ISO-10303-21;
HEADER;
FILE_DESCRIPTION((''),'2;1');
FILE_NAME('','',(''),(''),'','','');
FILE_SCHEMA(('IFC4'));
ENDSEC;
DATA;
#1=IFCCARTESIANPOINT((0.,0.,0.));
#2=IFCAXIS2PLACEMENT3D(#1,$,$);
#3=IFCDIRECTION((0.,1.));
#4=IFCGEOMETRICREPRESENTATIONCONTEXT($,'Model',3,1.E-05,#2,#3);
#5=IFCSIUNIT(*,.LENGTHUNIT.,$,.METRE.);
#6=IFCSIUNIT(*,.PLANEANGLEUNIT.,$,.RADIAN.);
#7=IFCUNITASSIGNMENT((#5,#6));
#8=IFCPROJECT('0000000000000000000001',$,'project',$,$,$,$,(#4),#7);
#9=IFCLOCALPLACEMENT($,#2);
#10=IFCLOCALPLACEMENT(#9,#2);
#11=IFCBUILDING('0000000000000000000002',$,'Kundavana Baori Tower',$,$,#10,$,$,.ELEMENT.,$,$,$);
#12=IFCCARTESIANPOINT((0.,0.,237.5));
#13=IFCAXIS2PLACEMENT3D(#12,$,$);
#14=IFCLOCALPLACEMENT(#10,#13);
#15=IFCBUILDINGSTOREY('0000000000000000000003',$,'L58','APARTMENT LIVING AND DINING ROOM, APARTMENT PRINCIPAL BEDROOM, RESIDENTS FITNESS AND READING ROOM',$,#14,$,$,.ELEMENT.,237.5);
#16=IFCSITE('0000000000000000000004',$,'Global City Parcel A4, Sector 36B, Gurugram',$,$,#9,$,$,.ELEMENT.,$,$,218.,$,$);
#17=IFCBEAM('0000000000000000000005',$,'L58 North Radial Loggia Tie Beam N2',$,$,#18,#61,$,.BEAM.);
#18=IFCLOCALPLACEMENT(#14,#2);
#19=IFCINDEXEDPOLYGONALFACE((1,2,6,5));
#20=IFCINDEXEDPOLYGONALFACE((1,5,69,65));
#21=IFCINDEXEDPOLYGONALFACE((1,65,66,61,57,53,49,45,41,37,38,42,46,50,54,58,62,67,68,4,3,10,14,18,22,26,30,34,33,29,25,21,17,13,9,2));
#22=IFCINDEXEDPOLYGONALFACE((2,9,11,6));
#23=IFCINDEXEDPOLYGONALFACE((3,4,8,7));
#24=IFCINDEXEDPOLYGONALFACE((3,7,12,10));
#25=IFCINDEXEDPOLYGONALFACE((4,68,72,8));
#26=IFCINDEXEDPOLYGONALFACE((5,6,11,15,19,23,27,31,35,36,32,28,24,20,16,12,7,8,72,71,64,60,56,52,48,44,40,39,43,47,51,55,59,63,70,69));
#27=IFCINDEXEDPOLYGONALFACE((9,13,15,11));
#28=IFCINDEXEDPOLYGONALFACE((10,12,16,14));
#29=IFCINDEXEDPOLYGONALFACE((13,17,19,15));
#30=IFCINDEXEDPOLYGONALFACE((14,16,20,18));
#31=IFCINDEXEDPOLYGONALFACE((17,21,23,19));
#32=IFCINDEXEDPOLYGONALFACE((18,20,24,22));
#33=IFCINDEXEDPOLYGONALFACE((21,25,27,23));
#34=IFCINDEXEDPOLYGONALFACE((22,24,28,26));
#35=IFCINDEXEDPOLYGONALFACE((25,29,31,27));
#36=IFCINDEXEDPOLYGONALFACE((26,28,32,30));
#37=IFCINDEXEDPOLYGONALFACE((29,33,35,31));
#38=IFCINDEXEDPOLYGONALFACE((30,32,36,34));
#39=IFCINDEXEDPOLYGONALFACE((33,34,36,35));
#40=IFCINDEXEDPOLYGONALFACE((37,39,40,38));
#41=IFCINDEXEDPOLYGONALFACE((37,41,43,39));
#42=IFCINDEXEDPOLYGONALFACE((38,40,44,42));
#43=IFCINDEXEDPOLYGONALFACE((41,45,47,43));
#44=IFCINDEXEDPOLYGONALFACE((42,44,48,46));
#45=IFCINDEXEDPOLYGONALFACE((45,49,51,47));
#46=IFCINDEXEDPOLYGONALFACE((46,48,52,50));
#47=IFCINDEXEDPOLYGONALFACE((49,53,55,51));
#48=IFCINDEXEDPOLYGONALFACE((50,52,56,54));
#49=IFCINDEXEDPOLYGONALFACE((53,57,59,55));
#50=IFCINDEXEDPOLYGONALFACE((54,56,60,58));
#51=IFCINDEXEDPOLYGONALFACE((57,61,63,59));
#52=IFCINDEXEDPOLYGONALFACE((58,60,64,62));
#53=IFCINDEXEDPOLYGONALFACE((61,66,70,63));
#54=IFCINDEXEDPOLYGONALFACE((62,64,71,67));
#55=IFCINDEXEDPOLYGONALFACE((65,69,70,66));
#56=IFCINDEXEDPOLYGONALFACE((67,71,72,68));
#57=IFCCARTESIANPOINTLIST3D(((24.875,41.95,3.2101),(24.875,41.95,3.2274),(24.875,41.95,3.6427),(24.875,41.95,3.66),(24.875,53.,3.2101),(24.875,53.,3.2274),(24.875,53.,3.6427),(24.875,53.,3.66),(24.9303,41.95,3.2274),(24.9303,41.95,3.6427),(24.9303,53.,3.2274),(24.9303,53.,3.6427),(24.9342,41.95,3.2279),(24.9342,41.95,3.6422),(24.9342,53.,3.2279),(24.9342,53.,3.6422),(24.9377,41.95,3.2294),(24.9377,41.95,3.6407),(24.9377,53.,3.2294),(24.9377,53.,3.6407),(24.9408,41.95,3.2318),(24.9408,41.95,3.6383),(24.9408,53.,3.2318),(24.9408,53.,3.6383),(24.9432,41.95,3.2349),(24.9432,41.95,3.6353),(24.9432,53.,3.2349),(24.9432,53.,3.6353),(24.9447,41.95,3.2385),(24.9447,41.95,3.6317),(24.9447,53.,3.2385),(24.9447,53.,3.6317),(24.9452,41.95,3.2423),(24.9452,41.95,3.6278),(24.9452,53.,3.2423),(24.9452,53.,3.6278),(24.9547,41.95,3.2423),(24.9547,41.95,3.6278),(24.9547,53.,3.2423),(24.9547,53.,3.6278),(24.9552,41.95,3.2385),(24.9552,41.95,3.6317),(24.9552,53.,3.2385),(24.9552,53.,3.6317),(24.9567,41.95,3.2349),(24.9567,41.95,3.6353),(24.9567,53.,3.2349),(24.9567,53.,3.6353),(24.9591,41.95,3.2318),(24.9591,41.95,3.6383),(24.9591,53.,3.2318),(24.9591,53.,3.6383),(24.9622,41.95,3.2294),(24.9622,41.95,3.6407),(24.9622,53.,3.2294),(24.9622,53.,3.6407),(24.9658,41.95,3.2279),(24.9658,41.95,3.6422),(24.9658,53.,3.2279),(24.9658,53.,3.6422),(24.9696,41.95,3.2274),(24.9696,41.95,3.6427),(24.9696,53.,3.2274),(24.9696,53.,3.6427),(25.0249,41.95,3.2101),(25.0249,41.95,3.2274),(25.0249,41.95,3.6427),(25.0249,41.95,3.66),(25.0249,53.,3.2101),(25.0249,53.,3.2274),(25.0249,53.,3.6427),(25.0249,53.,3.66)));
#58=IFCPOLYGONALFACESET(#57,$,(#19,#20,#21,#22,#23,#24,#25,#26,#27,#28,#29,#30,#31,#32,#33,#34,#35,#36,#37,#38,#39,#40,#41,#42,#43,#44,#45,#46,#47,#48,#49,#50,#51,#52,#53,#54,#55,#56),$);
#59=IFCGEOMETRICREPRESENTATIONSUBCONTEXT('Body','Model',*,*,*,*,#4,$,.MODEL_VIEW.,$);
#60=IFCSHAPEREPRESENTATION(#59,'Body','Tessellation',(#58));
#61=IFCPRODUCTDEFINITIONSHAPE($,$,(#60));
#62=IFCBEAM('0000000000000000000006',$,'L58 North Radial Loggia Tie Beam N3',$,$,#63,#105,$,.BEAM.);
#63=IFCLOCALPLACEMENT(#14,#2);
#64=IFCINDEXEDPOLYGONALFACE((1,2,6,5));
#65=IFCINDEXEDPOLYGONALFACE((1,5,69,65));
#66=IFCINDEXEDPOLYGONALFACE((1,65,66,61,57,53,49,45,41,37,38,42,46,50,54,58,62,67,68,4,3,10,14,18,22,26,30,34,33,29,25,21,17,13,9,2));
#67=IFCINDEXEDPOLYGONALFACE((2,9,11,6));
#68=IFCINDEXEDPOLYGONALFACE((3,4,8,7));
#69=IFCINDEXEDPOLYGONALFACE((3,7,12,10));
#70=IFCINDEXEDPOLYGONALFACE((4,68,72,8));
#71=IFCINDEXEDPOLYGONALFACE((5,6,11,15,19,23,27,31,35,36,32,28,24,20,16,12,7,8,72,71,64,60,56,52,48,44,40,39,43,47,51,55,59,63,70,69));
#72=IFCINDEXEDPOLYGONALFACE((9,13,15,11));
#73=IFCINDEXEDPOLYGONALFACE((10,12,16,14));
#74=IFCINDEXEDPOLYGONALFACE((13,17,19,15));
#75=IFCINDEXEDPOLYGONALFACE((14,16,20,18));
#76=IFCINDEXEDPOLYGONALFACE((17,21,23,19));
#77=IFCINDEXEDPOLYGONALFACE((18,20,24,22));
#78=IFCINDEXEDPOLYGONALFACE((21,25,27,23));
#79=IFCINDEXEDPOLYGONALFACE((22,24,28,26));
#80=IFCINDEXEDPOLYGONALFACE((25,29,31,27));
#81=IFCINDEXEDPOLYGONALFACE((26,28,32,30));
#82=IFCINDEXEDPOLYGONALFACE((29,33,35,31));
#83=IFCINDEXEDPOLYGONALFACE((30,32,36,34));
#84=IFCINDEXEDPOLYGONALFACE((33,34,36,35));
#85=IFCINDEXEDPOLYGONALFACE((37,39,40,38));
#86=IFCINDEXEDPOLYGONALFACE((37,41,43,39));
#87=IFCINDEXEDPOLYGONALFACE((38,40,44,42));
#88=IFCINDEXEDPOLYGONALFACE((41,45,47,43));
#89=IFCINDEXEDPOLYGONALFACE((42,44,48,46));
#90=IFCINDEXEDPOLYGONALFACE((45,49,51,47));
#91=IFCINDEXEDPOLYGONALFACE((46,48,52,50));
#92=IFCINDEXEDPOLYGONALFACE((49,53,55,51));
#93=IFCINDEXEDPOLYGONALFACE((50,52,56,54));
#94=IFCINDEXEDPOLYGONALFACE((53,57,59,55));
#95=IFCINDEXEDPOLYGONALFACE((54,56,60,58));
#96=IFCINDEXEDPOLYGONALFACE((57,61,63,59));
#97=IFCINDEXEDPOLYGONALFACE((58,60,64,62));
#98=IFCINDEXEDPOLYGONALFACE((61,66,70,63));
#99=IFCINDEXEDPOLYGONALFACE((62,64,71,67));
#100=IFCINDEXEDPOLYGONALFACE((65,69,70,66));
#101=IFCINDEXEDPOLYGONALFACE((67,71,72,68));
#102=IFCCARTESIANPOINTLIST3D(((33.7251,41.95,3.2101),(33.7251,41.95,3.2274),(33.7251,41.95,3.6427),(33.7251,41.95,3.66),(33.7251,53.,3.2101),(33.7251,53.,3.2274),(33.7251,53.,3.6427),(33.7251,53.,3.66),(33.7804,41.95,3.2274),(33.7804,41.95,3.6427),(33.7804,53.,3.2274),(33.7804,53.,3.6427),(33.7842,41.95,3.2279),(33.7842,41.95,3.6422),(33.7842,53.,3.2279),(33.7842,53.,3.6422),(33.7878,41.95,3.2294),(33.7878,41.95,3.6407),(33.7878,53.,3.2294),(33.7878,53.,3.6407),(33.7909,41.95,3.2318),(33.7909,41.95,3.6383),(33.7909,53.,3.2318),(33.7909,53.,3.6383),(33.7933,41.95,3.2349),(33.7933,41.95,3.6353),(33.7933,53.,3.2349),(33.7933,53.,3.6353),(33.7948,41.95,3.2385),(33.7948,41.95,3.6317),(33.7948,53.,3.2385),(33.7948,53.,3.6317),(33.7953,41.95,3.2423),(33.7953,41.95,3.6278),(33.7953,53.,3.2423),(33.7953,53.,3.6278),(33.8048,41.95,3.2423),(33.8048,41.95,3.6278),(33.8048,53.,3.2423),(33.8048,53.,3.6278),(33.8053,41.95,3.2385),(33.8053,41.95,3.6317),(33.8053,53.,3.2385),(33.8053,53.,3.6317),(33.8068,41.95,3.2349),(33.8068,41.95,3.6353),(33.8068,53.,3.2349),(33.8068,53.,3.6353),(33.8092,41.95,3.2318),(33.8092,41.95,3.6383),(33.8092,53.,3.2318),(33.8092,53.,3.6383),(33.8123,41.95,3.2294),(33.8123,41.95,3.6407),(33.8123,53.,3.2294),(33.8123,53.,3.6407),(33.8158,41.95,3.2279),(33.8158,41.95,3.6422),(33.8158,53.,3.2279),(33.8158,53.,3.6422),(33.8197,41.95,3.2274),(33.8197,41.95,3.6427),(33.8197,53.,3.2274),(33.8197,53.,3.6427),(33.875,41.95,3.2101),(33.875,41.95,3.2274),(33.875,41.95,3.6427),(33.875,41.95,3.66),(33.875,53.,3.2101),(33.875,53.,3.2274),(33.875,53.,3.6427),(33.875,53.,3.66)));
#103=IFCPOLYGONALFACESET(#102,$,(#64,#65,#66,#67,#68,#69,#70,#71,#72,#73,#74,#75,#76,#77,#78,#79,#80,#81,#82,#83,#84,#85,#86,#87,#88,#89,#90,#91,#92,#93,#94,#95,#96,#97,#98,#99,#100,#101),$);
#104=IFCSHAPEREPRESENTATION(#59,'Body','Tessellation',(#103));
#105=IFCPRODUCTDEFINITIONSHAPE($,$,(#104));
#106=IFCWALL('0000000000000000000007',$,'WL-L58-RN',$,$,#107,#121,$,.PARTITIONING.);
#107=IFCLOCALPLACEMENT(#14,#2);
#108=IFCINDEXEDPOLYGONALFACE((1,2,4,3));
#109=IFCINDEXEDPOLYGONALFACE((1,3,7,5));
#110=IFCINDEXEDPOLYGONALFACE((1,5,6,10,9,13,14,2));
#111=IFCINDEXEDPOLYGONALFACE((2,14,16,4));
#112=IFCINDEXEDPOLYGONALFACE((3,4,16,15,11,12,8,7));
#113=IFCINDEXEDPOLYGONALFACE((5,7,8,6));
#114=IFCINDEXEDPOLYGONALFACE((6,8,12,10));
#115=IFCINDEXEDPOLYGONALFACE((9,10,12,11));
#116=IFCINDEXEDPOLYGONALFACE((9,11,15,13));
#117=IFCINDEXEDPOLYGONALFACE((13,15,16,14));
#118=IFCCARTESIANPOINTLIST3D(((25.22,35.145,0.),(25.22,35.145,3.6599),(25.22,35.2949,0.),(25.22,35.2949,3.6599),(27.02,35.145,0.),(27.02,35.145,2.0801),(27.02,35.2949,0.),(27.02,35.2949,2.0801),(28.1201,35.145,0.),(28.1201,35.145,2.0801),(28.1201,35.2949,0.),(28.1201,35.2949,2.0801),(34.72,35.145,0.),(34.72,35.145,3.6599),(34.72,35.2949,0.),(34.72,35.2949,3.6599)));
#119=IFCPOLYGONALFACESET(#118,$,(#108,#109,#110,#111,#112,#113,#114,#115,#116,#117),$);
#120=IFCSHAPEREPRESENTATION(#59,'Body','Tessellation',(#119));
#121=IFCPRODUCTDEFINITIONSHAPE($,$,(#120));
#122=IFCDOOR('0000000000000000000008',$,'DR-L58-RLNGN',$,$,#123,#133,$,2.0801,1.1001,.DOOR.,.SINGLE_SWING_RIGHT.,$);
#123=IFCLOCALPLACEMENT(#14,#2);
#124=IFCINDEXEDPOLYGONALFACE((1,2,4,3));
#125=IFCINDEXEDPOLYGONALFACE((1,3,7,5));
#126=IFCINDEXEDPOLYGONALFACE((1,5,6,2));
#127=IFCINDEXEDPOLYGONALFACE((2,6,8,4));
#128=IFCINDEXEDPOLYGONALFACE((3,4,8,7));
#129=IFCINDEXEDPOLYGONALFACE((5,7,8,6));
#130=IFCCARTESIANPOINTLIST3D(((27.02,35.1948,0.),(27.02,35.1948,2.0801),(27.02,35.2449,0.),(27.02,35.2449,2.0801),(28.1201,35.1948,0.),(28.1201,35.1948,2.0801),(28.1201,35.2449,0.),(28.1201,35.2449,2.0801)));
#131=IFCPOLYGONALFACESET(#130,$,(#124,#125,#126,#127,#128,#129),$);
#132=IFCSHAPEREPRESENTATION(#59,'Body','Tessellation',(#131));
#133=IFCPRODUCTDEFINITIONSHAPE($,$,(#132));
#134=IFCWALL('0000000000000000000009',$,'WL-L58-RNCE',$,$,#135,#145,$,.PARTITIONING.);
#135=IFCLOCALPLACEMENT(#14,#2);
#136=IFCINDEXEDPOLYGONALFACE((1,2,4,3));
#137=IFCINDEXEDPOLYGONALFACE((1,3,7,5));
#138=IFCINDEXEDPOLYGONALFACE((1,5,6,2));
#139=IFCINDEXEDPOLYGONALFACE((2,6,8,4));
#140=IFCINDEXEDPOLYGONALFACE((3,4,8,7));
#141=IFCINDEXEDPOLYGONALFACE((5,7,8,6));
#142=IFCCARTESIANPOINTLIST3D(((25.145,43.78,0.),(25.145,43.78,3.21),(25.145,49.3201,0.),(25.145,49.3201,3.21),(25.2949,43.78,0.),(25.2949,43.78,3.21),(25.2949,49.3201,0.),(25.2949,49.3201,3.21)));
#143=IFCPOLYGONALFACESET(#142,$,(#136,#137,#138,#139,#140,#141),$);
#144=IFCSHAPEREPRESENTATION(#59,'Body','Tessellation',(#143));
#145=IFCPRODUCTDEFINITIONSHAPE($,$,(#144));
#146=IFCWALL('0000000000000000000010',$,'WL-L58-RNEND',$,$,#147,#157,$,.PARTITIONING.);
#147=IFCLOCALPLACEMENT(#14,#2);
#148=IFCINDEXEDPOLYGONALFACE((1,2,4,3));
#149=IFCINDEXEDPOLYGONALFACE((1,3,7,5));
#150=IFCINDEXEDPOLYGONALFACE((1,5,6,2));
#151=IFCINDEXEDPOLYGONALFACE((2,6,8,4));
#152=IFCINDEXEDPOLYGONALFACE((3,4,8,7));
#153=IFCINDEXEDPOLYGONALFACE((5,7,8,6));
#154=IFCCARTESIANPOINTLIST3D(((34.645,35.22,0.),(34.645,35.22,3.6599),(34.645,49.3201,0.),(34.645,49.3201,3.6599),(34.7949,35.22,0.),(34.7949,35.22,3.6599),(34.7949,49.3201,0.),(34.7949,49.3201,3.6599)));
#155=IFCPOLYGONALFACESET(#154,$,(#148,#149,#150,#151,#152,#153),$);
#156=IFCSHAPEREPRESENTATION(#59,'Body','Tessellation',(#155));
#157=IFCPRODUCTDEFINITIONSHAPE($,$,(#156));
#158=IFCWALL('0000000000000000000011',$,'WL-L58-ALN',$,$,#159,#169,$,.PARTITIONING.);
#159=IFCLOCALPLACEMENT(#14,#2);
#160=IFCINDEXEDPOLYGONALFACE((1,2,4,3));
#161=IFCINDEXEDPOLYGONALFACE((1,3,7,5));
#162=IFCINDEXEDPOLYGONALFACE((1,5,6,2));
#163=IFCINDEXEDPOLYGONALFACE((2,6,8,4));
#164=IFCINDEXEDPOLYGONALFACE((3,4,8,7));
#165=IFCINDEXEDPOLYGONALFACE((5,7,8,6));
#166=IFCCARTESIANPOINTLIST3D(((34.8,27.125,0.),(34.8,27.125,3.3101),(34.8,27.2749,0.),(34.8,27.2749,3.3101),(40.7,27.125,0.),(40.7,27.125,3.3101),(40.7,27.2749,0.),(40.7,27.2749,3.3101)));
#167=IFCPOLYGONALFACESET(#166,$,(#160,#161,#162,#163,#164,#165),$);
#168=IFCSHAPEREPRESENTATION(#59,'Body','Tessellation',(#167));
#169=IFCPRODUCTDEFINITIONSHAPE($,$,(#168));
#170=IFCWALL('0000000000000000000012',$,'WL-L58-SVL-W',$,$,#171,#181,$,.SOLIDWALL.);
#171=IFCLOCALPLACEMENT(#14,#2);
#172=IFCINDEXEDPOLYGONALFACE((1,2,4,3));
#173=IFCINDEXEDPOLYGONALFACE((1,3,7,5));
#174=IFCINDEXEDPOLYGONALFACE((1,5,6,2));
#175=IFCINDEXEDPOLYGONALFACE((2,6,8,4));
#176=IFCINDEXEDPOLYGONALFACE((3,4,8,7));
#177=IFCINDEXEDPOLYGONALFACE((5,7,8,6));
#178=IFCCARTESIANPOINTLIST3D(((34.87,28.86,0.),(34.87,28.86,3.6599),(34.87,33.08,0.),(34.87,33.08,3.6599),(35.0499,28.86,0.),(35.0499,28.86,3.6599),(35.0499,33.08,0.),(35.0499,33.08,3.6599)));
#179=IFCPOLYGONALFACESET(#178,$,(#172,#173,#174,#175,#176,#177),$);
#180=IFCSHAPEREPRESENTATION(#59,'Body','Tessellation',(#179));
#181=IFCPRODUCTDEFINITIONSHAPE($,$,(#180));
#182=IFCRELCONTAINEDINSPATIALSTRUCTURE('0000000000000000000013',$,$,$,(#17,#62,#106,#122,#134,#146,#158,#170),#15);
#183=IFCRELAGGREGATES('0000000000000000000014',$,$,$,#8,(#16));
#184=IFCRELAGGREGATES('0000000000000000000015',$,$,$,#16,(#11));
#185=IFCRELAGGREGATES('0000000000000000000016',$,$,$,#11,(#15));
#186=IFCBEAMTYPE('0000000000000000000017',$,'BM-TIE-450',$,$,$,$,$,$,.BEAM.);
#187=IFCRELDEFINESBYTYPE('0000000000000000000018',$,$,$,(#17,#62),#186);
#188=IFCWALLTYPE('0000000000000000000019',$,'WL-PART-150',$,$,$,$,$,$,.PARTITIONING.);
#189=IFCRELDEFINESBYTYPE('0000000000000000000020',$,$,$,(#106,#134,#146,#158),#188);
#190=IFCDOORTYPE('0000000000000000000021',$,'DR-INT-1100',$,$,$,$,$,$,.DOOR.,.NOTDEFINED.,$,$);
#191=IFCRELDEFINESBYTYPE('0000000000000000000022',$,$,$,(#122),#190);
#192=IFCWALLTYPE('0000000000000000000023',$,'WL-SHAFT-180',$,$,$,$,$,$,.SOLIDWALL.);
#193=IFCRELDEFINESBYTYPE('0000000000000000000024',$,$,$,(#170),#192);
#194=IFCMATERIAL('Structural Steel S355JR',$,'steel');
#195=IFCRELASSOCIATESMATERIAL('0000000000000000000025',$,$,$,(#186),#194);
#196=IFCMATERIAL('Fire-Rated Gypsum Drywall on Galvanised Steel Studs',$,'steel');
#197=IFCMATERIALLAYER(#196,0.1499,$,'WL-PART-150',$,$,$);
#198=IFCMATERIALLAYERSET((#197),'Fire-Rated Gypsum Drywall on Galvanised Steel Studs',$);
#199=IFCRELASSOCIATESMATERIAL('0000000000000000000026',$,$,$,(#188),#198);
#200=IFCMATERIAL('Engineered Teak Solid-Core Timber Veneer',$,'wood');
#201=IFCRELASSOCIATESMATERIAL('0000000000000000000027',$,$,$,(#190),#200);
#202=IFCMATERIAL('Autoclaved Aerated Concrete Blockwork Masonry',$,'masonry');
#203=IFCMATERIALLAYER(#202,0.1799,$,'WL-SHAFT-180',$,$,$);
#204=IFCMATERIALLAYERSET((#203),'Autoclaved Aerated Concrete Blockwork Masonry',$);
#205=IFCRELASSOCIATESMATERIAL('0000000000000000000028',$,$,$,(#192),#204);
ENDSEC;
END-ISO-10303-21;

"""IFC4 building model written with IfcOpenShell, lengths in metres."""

from ifc_helpers import new_model, si_unit, direction, frame, frame_2d, origin, origin_2d, place, context, subcontext, project, spatial, rectangle, i_section, extrude, material, layer, layer_set, material_profile, profile_set, type_object, element, fill, save


model = new_model("IFC4")

# Units and contexts
model_context = context("Model", 3, precision=1e-05, world=origin(), true_north=direction((0.0, 1.0)))
body_context = subcontext(model_context, "Body", "Model", "MODEL_VIEW")
ifc_project = project(units=[si_unit("LENGTHUNIT", "METRE"), si_unit("PLANEANGLEUNIT", "RADIAN")], contexts=[model_context])

# Site, building, storey
site_placement = place(None, origin())
site = spatial("IfcSite", under=ifc_project, at=site_placement, Name="Global City Parcel A4, Sector 36B, Gurugram", CompositionType="ELEMENT", RefElevation=218.0)
building_placement = place(site_placement, origin())
building = spatial("IfcBuilding", under=site, at=building_placement, Name="Kundavana Baori Tower", CompositionType="ELEMENT")
storey_placement = place(building_placement, frame((0.0, 0.0, 237.5)))
storey = spatial("IfcBuildingStorey", under=building, at=storey_placement, Name="L58", Description="APARTMENT LIVING AND DINING ROOM, APARTMENT PRINCIPAL BEDROOM, RESIDENTS FITNESS AND READING ROOM", CompositionType="ELEMENT", Elevation=237.5)

# Beams
ifc_material_1 = material(Name="Structural Steel S355JR", Category="steel")
ifc_material_profile_1 = material_profile(ifc_material_1, i_section(OverallWidth=0.1499, OverallDepth=0.45, WebThickness=0.0095, FlangeThickness=0.0173, FilletRadius=0.0149, at=origin_2d()), Name="ISMB 450")
ifc_profile_set_1 = profile_set([ifc_material_profile_1], Name="Structural Steel S355JR")
beam_type_1 = type_object("IfcBeamType", Name="BM-TIE-450", PredefinedType="BEAM", material=ifc_profile_set_1)
for number, where, z_axis, x_axis, name in (
    (1, (24.95, 41.95, 3.4351), (0.0, 1.0, 0.0), (-1.0, 0.0, 0.0), "L58 North Radial Loggia Tie Beam N2"),
    (2, (33.8, 41.95, 3.4351), (0.0, 1.0, 0.0), (-1.0, 0.0, 0.0), "L58 North Radial Loggia Tie Beam N3"),
):
    element("IfcBeam", number, at=place(storey_placement, frame(where, z_axis=z_axis, x_axis=x_axis)), inside=storey, type_object=beam_type_1, Name=name, PredefinedType="BEAM", context=body_context, shape_type="SweptSolid", body=[
        extrude(i_section(OverallWidth=0.1499, OverallDepth=0.45, WebThickness=0.0095, FlangeThickness=0.0173, FilletRadius=0.0149, at=origin_2d()), origin(), (0.0, 0.0, 1.0), 11.05),
    ])

# Wall, opening, door
ifc_material_2 = material(Name="Fire-Rated Gypsum Drywall on Galvanised Steel Studs", Category="steel")
ifc_layer_1 = layer(ifc_material_2, 0.1499, Name="WL-PART-150")
ifc_layer_set_1 = layer_set([ifc_layer_1], Name="Fire-Rated Gypsum Drywall on Galvanised Steel Studs")
wall_type_1 = type_object("IfcWallType", Name="WL-PART-150", PredefinedType="PARTITIONING", material=ifc_layer_set_1)
wall_1_placement = place(storey_placement, frame((25.22, 35.22, 0.0), z_axis=(0.0, 0.0, 1.0), x_axis=(1.0, 0.0, 0.0)))
wall_1 = element("IfcWall", 3, at=wall_1_placement, inside=storey, type_object=wall_type_1, Name="WL-L58-RN", PredefinedType="PARTITIONING", context=body_context, shape_type="SweptSolid", body=[
    extrude(rectangle(XDim=9.5, YDim=0.1499, at=frame_2d((4.75, 0.0))), origin(), (0.0, 0.0, 1.0), 3.6599),
])
opening_1_placement = place(wall_1_placement, frame((1.8, 0.0, 0.0)))
opening_1 = element("IfcOpeningElement", 4, at=opening_1_placement, cuts=wall_1, PredefinedType="OPENING", context=body_context, shape_type="SweptSolid", body=[
    extrude(rectangle(XDim=1.1001, YDim=2.0801, at=frame_2d((0.55, 1.04))), frame((0.0, 0.085, 0.0), z_axis=(0.0, -1.0, 0.0), x_axis=(1.0, 0.0, 0.0)), (0.0, 0.0, 1.0), 0.1699),
])
ifc_material_3 = material(Name="Engineered Teak Solid-Core Timber Veneer", Category="wood")
door_type_1 = type_object("IfcDoorType", Name="DR-INT-1100", OperationType="NOTDEFINED", PredefinedType="DOOR", material=ifc_material_3)
door_1_placement = place(opening_1_placement, origin())
door_1 = element("IfcDoor", 5, at=door_1_placement, inside=storey, type_object=door_type_1, Name="DR-L58-RLNGN", OperationType="SINGLE_SWING_RIGHT", OverallHeight=2.0801, OverallWidth=1.1001, PredefinedType="DOOR", context=body_context, shape_type="SweptSolid", body=[
    extrude(rectangle(XDim=1.1001, YDim=2.0801, at=frame_2d((0.55, 1.04))), frame((0.0, 0.0249, 0.0), z_axis=(0.0, -1.0, 0.0), x_axis=(1.0, 0.0, 0.0)), (0.0, 0.0, 1.0), 0.05),
])
fill(opening_1, door_1)

# Walls
wall_2_placement = place(storey_placement, frame((25.22, 43.78, 0.0), z_axis=(0.0, 0.0, 1.0), x_axis=(0.0, 1.0, 0.0)))
element("IfcWall", 6, at=wall_2_placement, inside=storey, type_object=wall_type_1, Name="WL-L58-RNCE", PredefinedType="PARTITIONING", context=body_context, shape_type="SweptSolid", body=[
    extrude(rectangle(XDim=5.54, YDim=0.1499, at=frame_2d((2.77, 0.0))), origin(), (0.0, 0.0, 1.0), 3.21),
])
wall_3_placement = place(storey_placement, frame((34.72, 35.22, 0.0), z_axis=(0.0, 0.0, 1.0), x_axis=(0.0, 1.0, 0.0)))
element("IfcWall", 7, at=wall_3_placement, inside=storey, type_object=wall_type_1, Name="WL-L58-RNEND", PredefinedType="PARTITIONING", context=body_context, shape_type="SweptSolid", body=[
    extrude(rectangle(XDim=14.1001, YDim=0.1499, at=frame_2d((7.05, 0.0))), origin(), (0.0, 0.0, 1.0), 3.6599),
])
wall_4_placement = place(storey_placement, frame((34.8, 27.2, 0.0), z_axis=(0.0, 0.0, 1.0), x_axis=(1.0, 0.0, 0.0)))
element("IfcWall", 8, at=wall_4_placement, inside=storey, type_object=wall_type_1, Name="WL-L58-ALN", PredefinedType="PARTITIONING", context=body_context, shape_type="SweptSolid", body=[
    extrude(rectangle(XDim=5.8999, YDim=0.1499, at=frame_2d((2.95, 0.0))), origin(), (0.0, 0.0, 1.0), 3.3101),
])
ifc_material_4 = material(Name="Autoclaved Aerated Concrete Blockwork Masonry", Category="masonry")
ifc_layer_2 = layer(ifc_material_4, 0.1799, Name="WL-SHAFT-180")
ifc_layer_set_2 = layer_set([ifc_layer_2], Name="Autoclaved Aerated Concrete Blockwork Masonry")
wall_type_2 = type_object("IfcWallType", Name="WL-SHAFT-180", PredefinedType="SOLIDWALL", material=ifc_layer_set_2)
wall_5_placement = place(storey_placement, frame((34.96, 28.8601, 0.0), z_axis=(0.0, 0.0, 1.0), x_axis=(0.0, 1.0, 0.0)))
element("IfcWall", 9, at=wall_5_placement, inside=storey, type_object=wall_type_2, Name="WL-L58-SVL-W", PredefinedType="SOLIDWALL", context=body_context, shape_type="SweptSolid", body=[
    extrude(rectangle(XDim=4.22, YDim=0.1799, at=frame_2d((2.1099, 0.0))), origin(), (0.0, 0.0, 1.0), 3.6599),
])

save(model, "model.ifc")
